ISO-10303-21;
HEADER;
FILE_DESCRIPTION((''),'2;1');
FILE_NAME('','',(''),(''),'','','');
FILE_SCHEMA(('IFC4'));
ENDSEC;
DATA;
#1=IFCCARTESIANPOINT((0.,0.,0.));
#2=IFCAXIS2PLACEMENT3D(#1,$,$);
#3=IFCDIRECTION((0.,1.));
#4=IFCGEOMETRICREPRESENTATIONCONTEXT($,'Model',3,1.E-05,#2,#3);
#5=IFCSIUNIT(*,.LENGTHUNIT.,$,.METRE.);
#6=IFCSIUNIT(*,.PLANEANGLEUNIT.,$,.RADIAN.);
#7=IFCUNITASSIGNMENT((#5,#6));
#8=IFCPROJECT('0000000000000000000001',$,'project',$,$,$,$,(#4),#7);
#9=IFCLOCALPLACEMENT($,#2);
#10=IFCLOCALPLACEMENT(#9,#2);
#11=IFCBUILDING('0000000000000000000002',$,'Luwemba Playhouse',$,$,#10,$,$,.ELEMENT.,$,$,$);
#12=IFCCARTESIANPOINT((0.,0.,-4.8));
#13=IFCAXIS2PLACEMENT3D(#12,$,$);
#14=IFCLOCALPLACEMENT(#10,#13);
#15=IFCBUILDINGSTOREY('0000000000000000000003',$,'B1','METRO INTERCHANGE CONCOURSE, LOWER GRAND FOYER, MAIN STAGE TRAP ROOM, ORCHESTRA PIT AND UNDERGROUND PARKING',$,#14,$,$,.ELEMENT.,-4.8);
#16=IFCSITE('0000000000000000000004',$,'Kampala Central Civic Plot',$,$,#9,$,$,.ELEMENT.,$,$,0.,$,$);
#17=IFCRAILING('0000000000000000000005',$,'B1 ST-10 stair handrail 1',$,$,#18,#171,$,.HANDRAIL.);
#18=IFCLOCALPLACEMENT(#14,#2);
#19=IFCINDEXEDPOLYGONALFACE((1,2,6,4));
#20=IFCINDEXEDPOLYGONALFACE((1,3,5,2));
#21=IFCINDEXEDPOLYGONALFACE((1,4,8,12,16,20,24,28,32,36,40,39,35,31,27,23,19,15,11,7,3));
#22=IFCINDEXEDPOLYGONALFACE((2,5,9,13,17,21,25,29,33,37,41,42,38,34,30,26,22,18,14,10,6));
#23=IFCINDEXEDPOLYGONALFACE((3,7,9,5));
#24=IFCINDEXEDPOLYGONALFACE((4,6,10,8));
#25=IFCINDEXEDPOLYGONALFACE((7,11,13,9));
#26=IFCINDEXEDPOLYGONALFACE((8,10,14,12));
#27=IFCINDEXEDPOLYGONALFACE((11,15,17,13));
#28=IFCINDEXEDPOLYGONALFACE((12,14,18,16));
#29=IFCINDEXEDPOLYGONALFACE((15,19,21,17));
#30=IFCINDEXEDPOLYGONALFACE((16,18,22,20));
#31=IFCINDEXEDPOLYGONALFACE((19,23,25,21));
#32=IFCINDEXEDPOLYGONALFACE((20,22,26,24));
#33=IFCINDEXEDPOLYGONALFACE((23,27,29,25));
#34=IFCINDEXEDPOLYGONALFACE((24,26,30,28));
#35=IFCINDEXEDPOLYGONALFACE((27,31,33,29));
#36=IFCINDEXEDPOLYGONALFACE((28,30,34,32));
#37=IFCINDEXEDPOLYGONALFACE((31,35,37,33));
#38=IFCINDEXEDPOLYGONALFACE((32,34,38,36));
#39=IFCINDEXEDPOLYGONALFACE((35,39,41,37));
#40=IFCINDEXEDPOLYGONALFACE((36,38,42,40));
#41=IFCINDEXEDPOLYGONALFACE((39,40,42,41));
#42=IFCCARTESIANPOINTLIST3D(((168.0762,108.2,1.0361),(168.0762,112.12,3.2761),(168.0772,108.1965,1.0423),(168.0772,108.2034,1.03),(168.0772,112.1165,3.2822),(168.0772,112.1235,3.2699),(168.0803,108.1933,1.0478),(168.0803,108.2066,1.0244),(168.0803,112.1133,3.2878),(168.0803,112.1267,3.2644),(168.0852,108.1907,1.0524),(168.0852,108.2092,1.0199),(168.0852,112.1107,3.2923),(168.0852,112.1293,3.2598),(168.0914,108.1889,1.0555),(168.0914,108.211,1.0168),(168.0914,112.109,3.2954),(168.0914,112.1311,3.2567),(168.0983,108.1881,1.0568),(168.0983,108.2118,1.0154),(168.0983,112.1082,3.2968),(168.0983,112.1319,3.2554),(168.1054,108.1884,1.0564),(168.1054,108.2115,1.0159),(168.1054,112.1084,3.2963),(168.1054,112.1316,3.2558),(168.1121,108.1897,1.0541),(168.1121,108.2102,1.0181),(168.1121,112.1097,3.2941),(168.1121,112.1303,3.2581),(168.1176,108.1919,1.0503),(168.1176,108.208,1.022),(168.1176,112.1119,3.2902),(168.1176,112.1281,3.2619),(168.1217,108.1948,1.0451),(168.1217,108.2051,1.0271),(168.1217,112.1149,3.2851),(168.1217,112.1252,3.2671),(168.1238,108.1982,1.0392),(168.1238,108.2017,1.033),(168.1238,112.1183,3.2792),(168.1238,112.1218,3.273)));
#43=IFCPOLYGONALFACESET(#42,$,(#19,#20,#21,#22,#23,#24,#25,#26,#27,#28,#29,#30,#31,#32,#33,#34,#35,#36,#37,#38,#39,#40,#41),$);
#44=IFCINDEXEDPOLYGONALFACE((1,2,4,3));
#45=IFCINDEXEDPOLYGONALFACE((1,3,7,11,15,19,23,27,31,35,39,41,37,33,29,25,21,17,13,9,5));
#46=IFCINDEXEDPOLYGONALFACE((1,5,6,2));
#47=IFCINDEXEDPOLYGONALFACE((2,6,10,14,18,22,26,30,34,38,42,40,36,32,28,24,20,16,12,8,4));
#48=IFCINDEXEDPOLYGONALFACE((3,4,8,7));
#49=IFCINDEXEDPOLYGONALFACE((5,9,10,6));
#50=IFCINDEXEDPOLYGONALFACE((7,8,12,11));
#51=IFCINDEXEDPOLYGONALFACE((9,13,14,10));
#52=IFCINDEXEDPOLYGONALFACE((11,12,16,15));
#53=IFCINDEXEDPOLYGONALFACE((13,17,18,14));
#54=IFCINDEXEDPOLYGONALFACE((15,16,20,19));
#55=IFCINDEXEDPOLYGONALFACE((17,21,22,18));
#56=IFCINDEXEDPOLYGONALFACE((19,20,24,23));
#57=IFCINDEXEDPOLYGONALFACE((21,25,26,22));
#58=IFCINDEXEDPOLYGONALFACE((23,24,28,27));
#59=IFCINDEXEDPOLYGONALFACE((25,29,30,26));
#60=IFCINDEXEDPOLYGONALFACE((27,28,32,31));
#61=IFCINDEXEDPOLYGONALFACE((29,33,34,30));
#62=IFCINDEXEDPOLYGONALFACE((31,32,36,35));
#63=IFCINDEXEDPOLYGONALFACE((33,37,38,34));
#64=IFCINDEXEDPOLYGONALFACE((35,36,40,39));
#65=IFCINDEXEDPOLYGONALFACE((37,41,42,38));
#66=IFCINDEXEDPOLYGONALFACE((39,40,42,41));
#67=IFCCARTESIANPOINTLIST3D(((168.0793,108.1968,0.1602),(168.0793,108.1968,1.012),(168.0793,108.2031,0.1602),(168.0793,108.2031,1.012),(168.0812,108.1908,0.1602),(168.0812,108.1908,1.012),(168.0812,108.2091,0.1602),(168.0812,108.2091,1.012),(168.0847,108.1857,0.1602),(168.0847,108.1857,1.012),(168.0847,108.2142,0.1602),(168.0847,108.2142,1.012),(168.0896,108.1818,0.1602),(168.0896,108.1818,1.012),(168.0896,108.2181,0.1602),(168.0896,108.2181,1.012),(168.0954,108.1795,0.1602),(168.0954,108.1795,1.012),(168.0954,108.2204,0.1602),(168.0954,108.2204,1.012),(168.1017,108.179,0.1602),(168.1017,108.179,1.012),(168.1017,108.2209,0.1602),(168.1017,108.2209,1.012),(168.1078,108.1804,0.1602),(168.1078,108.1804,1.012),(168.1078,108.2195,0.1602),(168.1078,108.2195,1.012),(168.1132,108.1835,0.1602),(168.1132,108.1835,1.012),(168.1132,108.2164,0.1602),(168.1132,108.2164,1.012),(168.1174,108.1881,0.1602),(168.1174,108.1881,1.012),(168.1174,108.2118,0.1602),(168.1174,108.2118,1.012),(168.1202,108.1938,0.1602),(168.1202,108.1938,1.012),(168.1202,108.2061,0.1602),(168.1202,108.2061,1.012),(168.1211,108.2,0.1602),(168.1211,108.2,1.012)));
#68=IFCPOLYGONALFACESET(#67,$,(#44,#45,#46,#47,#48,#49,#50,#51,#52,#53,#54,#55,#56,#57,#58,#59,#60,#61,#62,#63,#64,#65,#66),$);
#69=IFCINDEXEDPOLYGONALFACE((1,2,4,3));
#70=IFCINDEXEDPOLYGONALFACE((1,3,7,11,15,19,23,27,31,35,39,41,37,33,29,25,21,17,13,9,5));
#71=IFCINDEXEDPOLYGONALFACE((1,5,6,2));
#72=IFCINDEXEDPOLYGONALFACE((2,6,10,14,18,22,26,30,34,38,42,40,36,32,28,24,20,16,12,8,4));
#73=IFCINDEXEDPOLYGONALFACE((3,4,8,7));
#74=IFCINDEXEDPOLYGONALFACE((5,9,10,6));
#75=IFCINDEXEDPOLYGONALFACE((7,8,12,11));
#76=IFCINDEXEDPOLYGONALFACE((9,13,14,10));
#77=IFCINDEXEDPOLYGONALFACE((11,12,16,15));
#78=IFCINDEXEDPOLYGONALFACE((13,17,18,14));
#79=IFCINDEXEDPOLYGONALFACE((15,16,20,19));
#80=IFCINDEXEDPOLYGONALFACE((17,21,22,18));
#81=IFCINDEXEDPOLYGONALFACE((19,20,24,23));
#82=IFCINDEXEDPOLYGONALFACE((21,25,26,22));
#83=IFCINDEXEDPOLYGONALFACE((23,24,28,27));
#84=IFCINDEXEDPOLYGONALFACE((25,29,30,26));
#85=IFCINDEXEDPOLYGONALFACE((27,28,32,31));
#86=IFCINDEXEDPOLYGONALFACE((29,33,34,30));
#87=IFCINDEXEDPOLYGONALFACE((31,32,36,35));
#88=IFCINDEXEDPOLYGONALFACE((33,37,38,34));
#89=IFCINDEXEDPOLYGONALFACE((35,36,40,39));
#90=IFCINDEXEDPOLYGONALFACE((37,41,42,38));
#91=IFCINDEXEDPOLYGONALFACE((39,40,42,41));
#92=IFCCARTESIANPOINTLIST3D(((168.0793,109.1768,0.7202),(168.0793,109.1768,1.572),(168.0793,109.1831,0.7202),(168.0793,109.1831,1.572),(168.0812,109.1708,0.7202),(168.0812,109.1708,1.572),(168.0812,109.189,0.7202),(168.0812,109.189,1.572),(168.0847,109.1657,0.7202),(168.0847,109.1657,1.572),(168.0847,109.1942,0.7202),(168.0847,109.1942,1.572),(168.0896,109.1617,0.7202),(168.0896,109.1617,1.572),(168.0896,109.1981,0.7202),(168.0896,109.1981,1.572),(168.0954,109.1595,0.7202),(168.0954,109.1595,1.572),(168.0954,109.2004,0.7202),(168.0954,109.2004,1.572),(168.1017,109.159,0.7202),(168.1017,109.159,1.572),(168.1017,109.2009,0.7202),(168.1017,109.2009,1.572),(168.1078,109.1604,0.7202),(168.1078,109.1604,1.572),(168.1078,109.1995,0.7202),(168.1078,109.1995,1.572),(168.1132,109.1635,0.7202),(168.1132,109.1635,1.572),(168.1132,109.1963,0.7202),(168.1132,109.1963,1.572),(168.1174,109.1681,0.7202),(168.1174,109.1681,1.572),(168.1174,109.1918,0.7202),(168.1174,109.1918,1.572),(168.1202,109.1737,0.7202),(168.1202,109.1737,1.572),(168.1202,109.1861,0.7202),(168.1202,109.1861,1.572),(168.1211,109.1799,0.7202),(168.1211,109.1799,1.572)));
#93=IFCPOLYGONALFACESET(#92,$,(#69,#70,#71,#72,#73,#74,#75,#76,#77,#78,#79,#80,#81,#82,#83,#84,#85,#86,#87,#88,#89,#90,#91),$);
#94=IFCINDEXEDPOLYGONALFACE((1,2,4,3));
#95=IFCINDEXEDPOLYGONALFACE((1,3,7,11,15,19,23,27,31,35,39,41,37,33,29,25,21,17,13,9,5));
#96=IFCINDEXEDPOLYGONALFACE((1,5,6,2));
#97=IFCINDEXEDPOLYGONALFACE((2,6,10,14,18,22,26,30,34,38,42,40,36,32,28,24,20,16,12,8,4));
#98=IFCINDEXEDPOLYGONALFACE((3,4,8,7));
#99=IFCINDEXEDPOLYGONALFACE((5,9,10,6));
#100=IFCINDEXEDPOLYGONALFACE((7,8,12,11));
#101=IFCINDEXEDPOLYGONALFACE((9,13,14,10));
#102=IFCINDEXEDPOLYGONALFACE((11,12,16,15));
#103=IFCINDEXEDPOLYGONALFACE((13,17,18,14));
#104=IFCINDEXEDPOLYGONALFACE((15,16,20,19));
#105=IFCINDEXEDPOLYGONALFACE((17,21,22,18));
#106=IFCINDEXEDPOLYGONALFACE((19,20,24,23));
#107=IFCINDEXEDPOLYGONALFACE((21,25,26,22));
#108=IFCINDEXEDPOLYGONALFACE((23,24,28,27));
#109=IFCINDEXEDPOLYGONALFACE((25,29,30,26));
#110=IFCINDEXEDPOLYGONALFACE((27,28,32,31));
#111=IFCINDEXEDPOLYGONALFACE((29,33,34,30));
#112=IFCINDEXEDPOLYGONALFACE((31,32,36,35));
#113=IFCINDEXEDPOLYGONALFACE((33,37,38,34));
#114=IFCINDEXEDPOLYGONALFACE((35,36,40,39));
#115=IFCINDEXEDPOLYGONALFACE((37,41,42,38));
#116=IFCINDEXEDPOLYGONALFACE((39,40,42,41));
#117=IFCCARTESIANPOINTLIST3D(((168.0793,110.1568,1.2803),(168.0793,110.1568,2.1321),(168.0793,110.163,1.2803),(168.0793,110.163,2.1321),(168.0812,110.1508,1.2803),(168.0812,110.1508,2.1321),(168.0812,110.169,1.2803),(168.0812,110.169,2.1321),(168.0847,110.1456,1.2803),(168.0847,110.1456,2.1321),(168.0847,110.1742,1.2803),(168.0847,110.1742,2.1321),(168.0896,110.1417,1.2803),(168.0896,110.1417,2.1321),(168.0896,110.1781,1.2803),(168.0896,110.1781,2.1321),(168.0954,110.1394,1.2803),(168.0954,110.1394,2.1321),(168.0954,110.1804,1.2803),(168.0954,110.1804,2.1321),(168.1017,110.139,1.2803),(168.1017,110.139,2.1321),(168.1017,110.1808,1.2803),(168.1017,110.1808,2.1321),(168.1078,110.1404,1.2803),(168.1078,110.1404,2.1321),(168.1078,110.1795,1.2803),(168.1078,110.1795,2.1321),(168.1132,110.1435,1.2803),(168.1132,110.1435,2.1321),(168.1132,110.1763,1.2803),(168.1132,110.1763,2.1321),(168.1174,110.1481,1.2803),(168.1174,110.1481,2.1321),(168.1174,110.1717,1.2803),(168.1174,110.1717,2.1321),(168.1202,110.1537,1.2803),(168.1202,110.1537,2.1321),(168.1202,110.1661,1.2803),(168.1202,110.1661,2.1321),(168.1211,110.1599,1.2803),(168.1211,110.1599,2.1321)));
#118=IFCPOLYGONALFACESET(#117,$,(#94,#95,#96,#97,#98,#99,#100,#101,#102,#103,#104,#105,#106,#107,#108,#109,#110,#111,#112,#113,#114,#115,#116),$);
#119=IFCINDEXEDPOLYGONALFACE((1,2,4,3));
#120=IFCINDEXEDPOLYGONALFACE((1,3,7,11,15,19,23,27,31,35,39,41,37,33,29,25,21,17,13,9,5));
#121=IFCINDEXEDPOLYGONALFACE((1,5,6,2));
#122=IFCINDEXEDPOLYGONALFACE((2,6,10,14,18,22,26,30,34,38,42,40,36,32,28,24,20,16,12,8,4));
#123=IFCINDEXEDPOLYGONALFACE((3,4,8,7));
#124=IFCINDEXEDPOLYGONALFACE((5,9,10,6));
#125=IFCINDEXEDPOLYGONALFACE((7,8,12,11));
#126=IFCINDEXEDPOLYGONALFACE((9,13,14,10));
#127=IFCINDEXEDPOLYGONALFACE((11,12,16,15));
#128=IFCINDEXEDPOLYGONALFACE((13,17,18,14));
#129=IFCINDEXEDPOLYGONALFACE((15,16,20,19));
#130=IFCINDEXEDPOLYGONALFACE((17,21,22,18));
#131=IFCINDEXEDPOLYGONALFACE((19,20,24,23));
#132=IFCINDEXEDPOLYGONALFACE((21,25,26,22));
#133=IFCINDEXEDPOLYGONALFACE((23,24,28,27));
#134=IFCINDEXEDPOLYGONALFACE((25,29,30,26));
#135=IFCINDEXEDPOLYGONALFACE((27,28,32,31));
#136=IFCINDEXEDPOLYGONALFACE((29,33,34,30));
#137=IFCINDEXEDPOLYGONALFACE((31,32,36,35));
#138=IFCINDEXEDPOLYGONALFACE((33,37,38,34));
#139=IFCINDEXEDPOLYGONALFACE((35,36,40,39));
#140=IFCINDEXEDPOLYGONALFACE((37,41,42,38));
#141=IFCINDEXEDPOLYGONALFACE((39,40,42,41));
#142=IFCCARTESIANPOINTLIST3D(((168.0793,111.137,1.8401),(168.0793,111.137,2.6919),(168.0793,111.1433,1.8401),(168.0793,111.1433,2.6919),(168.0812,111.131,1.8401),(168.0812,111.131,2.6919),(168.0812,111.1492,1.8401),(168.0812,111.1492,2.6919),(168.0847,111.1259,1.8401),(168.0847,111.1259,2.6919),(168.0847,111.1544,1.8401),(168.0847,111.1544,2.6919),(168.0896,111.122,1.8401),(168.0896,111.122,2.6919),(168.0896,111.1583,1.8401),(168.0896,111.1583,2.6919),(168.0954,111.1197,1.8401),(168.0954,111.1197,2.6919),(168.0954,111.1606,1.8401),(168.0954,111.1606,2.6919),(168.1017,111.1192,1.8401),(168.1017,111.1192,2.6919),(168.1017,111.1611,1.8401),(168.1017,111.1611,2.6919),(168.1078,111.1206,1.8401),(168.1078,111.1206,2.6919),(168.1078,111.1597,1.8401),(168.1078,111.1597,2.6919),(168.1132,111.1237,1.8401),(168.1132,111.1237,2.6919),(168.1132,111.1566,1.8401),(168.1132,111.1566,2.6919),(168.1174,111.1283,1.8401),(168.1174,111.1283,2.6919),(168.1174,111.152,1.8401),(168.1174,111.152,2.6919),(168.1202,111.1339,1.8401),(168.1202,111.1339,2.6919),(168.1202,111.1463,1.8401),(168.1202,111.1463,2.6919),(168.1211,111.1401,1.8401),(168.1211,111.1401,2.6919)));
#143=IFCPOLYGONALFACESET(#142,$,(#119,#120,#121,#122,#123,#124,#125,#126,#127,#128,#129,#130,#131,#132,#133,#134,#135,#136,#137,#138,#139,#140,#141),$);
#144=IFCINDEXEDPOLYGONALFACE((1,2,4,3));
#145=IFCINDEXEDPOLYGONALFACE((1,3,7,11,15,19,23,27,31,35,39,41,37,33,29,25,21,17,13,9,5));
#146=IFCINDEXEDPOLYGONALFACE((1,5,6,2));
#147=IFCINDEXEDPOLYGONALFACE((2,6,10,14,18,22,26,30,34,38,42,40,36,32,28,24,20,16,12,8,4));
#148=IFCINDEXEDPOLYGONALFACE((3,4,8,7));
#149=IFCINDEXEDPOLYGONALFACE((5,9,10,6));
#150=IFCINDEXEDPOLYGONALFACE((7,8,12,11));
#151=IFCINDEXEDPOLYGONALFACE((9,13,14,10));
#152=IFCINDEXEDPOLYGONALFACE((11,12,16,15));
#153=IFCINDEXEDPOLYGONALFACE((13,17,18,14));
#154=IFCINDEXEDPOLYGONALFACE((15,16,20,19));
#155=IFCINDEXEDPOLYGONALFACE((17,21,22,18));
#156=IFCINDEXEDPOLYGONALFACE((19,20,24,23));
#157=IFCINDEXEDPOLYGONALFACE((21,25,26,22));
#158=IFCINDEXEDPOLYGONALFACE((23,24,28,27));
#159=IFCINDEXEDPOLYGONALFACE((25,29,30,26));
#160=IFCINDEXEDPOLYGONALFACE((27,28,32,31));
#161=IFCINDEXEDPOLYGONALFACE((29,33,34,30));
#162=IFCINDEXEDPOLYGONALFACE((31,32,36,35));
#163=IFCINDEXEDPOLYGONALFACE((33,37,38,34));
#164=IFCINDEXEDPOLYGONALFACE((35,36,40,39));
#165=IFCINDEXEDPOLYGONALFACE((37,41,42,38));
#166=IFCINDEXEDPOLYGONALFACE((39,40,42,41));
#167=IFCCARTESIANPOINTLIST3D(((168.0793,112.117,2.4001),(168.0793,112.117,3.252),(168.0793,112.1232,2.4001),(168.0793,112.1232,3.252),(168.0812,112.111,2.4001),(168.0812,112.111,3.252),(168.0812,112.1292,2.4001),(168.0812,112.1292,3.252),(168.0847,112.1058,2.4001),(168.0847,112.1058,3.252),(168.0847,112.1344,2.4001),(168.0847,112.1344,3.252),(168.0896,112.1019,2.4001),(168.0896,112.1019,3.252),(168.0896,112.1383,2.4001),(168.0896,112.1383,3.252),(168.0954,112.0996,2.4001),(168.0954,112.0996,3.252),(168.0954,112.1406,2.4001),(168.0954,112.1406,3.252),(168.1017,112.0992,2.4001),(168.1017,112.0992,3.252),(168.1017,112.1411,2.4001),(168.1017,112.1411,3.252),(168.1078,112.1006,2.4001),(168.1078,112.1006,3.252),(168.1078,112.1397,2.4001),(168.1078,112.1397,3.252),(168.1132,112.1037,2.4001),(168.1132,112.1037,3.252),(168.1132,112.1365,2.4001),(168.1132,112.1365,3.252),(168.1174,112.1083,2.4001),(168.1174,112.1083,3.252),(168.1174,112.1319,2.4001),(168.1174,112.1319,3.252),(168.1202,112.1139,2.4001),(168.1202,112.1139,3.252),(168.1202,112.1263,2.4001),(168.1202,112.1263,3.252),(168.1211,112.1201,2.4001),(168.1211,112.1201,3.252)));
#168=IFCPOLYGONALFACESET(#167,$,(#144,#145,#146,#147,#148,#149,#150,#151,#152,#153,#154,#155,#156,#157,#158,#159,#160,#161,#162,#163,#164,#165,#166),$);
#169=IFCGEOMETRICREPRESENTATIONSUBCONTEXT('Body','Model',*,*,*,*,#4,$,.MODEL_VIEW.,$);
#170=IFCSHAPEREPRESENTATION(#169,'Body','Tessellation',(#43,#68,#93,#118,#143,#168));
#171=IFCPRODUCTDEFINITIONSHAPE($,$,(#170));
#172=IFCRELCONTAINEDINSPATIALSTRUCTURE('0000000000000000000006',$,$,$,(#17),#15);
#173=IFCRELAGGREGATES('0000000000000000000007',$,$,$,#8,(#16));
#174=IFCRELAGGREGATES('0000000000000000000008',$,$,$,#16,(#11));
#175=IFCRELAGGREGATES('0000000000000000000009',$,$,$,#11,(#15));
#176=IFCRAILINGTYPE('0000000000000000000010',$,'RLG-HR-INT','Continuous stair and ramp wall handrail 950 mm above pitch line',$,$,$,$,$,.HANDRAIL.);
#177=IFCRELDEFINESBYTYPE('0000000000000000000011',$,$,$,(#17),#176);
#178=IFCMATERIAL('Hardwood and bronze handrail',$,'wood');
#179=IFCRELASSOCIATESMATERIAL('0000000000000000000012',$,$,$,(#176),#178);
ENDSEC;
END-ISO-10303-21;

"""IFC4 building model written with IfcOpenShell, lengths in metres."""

from ifc_helpers import new_model, si_unit, direction, frame, origin, origin_2d, place, context, subcontext, project, spatial, circle, extrude, material, type_object, element, save


model = new_model("IFC4")

# Units and contexts
model_context = context("Model", 3, precision=1e-05, world=origin(), true_north=direction((0.0, 1.0)))
body_context = subcontext(model_context, "Body", "Model", "MODEL_VIEW")
ifc_project = project(units=[si_unit("LENGTHUNIT", "METRE"), si_unit("PLANEANGLEUNIT", "RADIAN")], contexts=[model_context])

# Site, building, storey
site_placement = place(None, origin())
site = spatial("IfcSite", under=ifc_project, at=site_placement, Name="Kampala Central Civic Plot", CompositionType="ELEMENT", RefElevation=0.0)
building_placement = place(site_placement, origin())
building = spatial("IfcBuilding", under=site, at=building_placement, Name="Luwemba Playhouse", CompositionType="ELEMENT")
storey_placement = place(building_placement, frame((0.0, 0.0, -4.8)))
storey = spatial("IfcBuildingStorey", under=building, at=storey_placement, Name="B1", Description="METRO INTERCHANGE CONCOURSE, LOWER GRAND FOYER, MAIN STAGE TRAP ROOM, ORCHESTRA PIT AND UNDERGROUND PARKING", CompositionType="ELEMENT", Elevation=-4.8)

# Railing
ifc_material_1 = material(Name="Hardwood and bronze handrail", Category="wood")
railing_type_1 = type_object("IfcRailingType", Name="RLG-HR-INT", Description="Continuous stair and ramp wall handrail 950 mm above pitch line", PredefinedType="HANDRAIL", material=ifc_material_1)
railing_1_placement = place(storey_placement, frame((168.1001, 108.2, 0.1602)))
element("IfcRailing", 1, at=railing_1_placement, inside=storey, type_object=railing_type_1, Name="B1 ST-10 stair handrail 1", PredefinedType="HANDRAIL", context=body_context, shape_type="SweptSolid", body=[
    extrude(circle(Radius=0.0239, at=origin_2d()), frame((0.0, 0.0, 0.876), z_axis=(0.0, 0.868253, 0.496121), x_axis=(-1.0, 0.0, 0.0)), (0.0, 0.0, 1.0), 4.5149),
    extrude(circle(Radius=0.021, at=origin_2d()), origin(), (0.0, 0.0, 1.0), 0.8518),
    extrude(circle(Radius=0.021, at=origin_2d()), frame((0.0, 0.98, 0.5601)), (0.0, 0.0, 1.0), 0.8518),
    extrude(circle(Radius=0.021, at=origin_2d()), frame((0.0, 1.96, 1.1201)), (0.0, 0.0, 1.0), 0.8518),
    extrude(circle(Radius=0.021, at=origin_2d()), frame((0.0, 2.9402, 1.6799)), (0.0, 0.0, 1.0), 0.8518),
    extrude(circle(Radius=0.021, at=origin_2d()), frame((0.0, 3.9202, 2.24)), (0.0, 0.0, 1.0), 0.8518),
])

save(model, "model.ifc")
